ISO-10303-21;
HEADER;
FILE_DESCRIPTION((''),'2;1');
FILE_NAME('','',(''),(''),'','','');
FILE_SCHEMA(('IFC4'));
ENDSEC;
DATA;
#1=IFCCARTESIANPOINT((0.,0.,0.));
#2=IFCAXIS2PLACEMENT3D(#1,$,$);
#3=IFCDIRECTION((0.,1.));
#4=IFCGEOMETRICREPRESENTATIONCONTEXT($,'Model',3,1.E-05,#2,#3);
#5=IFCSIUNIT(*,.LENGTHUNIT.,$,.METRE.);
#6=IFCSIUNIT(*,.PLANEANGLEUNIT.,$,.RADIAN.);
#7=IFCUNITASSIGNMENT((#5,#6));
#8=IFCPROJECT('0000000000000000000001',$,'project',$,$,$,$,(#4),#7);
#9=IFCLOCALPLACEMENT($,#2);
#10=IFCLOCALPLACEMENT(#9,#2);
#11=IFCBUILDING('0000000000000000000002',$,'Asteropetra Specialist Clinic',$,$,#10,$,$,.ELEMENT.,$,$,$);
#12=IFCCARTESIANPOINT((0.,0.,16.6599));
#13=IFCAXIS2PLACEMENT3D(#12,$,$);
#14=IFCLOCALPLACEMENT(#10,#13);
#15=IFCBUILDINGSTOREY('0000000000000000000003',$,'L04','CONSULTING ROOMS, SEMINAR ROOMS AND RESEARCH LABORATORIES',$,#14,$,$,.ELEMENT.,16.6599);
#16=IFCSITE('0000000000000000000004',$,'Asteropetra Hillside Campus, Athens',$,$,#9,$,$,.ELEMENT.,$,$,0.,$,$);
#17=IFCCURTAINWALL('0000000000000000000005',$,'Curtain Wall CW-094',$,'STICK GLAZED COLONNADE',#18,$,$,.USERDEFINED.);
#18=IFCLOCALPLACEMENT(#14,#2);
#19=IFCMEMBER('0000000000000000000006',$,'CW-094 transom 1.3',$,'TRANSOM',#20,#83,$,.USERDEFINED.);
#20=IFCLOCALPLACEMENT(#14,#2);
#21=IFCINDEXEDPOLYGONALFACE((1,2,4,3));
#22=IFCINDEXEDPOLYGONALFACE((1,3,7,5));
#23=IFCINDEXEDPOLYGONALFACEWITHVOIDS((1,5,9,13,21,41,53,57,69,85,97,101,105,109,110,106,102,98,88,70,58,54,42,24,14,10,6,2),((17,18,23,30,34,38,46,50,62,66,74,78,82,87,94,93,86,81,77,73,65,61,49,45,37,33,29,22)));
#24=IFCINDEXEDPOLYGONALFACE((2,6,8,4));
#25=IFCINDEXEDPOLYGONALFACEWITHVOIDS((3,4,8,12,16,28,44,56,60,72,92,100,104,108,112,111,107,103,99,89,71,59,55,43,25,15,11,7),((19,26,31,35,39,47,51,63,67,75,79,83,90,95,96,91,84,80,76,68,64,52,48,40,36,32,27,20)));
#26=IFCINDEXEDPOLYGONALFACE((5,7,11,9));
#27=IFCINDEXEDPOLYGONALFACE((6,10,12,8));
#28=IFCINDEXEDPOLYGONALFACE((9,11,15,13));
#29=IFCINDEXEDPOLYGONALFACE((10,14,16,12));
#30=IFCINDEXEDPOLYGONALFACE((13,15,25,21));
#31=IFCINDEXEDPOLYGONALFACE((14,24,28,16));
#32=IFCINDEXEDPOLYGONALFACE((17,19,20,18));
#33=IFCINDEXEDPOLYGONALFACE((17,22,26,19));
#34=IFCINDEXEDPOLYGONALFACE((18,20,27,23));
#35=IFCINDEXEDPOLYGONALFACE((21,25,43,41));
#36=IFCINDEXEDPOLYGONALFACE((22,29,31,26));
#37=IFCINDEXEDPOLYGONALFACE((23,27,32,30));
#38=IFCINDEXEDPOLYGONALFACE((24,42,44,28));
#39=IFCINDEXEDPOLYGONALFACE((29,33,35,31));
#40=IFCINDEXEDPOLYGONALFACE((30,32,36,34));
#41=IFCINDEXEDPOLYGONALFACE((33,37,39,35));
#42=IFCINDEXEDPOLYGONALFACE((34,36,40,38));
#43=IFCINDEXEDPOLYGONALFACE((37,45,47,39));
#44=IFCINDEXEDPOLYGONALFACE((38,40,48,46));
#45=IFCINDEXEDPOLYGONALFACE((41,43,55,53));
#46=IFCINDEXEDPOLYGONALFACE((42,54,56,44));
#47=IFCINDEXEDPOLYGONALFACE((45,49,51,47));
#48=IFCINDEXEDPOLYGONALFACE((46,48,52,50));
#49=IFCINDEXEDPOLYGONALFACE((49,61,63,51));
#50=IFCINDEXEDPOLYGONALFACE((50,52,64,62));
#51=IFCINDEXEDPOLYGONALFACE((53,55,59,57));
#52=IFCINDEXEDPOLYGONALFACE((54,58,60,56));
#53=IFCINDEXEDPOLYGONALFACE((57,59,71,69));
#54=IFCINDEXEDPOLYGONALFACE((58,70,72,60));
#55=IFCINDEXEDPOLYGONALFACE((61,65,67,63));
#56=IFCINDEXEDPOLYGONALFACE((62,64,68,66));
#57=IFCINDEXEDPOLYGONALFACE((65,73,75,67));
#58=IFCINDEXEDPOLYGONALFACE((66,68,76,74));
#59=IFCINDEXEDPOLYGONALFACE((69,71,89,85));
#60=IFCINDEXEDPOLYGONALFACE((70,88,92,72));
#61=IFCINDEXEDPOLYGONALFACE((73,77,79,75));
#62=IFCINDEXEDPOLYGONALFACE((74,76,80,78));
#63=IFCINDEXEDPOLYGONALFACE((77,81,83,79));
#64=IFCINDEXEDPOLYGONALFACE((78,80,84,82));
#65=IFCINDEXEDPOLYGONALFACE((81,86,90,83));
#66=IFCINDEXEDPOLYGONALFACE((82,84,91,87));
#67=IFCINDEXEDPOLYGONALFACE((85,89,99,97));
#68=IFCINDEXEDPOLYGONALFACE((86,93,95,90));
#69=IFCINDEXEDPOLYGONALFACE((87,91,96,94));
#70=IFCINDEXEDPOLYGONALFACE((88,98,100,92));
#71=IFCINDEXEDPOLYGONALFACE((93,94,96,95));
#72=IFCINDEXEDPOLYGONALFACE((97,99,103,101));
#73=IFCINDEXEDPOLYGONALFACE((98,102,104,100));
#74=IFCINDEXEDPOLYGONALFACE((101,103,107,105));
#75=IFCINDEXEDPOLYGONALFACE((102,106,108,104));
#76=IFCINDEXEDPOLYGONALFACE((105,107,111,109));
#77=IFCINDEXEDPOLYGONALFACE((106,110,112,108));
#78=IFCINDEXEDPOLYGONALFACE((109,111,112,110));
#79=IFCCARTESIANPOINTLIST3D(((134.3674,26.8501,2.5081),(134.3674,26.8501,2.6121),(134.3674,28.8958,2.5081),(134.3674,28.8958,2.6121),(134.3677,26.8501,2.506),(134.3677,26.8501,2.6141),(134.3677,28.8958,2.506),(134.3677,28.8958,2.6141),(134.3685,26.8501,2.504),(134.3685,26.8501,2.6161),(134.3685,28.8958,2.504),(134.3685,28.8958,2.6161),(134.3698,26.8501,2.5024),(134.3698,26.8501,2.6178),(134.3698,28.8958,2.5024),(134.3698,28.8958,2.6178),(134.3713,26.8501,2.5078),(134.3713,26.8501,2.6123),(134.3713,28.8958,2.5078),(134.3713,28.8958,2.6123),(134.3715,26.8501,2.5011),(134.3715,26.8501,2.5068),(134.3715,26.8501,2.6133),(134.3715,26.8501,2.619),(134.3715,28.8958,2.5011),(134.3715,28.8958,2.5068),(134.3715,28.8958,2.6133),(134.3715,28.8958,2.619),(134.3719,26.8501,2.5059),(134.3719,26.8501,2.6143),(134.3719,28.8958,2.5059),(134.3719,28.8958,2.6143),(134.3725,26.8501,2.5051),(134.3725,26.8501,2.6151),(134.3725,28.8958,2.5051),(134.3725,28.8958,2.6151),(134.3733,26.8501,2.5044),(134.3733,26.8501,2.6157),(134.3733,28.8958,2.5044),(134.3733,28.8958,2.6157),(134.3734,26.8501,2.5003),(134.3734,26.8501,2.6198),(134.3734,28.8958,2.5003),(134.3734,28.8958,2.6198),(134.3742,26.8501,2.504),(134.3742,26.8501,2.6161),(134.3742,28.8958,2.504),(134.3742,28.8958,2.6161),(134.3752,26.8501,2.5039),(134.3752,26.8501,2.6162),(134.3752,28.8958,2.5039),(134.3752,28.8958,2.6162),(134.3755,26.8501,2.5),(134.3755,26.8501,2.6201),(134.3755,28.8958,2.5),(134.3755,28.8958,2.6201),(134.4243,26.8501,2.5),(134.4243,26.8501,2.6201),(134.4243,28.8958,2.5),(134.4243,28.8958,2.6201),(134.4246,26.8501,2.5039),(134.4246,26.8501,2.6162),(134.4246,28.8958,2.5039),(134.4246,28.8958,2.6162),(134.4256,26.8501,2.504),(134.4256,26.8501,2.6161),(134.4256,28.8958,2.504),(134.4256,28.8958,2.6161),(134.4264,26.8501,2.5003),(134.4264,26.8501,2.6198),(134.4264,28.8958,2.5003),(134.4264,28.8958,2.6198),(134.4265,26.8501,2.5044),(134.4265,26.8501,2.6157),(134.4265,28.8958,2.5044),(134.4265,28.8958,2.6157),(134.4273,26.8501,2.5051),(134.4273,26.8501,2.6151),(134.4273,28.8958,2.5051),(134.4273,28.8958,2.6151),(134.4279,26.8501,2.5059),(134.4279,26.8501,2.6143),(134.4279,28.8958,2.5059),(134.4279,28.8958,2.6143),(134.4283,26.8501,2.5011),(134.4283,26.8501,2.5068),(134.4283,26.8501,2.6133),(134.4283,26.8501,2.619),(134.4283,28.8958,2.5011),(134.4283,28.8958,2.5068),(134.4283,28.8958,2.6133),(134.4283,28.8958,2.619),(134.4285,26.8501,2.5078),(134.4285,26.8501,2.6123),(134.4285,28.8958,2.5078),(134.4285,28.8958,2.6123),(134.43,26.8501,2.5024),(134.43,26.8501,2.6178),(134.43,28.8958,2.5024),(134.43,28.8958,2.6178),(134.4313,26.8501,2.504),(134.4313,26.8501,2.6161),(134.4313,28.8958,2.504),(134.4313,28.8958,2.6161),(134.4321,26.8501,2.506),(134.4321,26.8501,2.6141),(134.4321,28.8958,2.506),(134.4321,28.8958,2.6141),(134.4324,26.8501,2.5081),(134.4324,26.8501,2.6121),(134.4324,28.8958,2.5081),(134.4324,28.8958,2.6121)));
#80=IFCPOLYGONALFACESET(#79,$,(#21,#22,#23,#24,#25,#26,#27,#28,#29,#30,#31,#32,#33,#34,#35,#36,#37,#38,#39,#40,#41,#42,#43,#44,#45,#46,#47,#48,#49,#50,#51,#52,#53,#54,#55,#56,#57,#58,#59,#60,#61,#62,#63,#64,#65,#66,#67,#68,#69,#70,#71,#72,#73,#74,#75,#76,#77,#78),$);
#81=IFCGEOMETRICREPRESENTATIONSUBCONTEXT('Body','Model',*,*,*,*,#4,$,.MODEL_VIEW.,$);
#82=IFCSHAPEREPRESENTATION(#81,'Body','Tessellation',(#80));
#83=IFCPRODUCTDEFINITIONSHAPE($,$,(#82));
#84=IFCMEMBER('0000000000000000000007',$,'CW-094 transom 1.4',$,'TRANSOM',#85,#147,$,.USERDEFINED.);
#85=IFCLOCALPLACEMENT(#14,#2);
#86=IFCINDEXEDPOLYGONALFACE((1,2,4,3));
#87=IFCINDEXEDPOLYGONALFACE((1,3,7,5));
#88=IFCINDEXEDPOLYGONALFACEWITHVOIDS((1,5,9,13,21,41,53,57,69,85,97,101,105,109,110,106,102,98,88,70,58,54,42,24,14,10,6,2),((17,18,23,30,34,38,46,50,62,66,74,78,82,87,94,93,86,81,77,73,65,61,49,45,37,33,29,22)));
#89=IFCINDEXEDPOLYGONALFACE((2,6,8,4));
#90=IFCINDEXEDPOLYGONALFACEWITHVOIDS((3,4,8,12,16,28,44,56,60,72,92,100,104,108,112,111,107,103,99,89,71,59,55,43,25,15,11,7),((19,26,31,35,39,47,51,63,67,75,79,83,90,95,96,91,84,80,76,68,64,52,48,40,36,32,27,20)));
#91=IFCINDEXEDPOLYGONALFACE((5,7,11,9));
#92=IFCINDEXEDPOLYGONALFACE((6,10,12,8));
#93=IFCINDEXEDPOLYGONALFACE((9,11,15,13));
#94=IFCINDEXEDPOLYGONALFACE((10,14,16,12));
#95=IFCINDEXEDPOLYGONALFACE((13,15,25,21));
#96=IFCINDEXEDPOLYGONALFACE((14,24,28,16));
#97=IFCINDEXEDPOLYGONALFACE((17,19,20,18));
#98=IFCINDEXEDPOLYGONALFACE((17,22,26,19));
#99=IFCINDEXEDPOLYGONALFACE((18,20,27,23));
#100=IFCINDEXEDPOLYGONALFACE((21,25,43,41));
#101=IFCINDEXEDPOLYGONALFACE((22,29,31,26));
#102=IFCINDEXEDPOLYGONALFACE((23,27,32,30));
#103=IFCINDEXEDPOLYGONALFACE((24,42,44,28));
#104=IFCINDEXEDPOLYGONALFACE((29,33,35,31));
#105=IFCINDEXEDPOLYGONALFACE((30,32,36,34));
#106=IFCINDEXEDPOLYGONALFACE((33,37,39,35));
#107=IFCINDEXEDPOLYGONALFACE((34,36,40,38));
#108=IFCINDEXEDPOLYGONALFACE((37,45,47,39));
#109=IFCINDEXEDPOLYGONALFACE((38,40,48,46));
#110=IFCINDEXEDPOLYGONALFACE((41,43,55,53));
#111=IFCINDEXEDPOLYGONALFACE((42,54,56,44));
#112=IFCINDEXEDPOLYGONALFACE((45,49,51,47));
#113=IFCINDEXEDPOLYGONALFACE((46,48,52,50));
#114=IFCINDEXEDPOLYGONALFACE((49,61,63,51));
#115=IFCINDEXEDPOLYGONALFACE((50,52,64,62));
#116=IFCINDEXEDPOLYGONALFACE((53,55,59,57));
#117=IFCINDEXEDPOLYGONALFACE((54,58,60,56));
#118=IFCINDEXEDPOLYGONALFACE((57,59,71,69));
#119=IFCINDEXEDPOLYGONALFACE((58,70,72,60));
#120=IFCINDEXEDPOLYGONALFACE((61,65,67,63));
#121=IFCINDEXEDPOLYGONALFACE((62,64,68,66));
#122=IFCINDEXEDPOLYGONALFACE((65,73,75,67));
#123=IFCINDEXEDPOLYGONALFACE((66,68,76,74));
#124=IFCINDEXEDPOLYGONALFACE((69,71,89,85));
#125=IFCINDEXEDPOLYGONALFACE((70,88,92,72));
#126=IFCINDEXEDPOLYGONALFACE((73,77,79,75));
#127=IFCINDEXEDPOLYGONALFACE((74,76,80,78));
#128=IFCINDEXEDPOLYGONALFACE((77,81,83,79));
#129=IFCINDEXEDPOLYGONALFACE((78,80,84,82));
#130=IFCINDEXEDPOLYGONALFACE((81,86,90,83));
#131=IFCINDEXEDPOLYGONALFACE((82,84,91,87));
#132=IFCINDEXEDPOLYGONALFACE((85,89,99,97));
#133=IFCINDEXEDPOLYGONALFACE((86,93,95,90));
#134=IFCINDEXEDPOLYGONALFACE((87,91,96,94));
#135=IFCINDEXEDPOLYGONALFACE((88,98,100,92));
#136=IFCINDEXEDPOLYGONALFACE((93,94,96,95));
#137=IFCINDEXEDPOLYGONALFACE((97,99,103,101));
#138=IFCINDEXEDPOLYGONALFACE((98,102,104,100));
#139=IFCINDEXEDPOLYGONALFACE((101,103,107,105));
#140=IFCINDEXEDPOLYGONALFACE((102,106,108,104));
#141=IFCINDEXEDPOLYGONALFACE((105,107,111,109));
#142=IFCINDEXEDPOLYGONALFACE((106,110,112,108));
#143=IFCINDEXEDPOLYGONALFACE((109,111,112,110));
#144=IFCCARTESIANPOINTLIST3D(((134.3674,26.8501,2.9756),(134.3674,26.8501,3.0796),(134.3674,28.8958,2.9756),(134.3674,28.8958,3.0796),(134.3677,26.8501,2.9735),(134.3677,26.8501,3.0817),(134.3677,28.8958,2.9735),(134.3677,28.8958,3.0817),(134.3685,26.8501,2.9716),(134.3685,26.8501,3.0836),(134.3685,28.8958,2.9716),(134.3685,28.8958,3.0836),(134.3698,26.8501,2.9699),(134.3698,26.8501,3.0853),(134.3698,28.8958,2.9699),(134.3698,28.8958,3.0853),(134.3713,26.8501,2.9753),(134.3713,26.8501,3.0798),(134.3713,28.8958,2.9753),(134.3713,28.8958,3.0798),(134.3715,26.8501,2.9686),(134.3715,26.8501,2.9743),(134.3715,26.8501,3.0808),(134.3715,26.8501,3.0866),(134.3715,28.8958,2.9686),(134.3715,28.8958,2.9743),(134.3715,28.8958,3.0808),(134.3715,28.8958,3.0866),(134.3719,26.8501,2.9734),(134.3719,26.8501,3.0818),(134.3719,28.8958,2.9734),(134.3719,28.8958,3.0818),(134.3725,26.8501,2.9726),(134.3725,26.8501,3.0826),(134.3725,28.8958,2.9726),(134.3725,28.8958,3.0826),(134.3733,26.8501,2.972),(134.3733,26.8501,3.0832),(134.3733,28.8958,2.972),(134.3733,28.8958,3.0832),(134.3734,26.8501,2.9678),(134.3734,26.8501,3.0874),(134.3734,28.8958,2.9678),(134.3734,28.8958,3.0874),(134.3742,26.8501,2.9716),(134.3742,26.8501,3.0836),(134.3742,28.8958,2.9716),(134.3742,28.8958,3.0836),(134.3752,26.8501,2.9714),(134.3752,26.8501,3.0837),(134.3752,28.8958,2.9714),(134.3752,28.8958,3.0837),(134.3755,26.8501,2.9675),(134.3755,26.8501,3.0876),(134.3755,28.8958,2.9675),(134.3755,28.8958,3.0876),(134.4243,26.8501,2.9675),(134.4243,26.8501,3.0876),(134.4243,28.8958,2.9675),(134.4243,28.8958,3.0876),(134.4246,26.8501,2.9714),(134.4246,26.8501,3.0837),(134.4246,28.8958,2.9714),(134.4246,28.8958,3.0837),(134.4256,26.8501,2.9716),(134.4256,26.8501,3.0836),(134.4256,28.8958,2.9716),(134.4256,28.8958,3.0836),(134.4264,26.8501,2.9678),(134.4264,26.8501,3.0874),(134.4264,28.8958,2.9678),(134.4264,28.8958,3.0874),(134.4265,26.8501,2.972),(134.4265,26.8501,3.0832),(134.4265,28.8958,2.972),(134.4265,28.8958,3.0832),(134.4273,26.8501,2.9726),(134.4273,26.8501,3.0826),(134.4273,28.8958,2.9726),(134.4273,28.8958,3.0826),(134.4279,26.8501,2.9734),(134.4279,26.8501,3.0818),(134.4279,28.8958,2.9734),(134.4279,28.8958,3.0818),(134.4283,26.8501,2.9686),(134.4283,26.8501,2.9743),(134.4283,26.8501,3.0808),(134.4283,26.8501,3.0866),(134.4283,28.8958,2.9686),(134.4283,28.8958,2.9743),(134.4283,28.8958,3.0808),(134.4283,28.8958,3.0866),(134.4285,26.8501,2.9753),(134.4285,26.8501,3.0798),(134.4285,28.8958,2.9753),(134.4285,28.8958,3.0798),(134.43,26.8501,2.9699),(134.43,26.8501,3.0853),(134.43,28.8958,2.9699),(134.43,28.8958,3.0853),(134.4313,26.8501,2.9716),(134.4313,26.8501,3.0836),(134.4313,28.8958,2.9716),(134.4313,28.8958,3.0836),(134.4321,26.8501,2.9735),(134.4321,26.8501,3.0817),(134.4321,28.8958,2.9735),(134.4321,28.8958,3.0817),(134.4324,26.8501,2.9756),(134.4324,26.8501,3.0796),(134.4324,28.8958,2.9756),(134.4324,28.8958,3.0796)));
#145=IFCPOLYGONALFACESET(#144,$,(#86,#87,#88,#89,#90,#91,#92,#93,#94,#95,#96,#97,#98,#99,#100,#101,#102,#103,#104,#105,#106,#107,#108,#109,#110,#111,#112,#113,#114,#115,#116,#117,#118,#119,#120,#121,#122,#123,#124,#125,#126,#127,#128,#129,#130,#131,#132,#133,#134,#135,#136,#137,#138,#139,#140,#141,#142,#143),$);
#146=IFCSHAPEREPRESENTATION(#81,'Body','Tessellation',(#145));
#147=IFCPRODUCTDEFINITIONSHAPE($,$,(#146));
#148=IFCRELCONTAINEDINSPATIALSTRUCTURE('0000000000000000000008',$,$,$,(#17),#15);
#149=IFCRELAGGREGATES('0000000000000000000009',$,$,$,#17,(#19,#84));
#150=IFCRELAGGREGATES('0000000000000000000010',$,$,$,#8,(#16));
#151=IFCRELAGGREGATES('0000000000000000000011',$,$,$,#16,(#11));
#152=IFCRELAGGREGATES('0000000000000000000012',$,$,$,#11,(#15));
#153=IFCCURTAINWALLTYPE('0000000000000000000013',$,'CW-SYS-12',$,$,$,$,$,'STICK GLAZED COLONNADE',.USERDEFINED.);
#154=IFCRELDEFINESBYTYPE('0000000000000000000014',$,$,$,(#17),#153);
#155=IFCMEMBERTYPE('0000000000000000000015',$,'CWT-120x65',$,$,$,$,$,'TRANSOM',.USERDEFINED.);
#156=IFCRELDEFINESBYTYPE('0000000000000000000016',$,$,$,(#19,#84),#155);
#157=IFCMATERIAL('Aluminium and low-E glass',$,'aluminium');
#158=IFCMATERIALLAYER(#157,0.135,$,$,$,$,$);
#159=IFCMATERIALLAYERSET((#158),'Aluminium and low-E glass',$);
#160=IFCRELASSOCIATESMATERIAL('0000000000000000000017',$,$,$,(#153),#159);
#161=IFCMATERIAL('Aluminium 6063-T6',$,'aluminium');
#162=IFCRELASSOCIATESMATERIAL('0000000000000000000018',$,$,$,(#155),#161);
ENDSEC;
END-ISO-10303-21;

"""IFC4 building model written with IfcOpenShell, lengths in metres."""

from ifc_helpers import new_model, si_unit, direction, frame, origin, origin_2d, place, context, subcontext, project, spatial, hollow_rectangle, extrude, material, layer, layer_set, material_profile, profile_set, type_object, element, aggregate, save


model = new_model("IFC4")

# Units and contexts
model_context = context("Model", 3, precision=1e-05, world=origin(), true_north=direction((0.0, 1.0)))
body_context = subcontext(model_context, "Body", "Model", "MODEL_VIEW")
ifc_project = project(units=[si_unit("LENGTHUNIT", "METRE"), si_unit("PLANEANGLEUNIT", "RADIAN")], contexts=[model_context])

# Site, building, storey
site_placement = place(None, origin())
site = spatial("IfcSite", under=ifc_project, at=site_placement, Name="Asteropetra Hillside Campus, Athens", CompositionType="ELEMENT", RefElevation=0.0)
building_placement = place(site_placement, origin())
building = spatial("IfcBuilding", under=site, at=building_placement, Name="Asteropetra Specialist Clinic", CompositionType="ELEMENT")
storey_placement = place(building_placement, frame((0.0, 0.0, 16.6599)))
storey = spatial("IfcBuildingStorey", under=building, at=storey_placement, Name="L04", Description="CONSULTING ROOMS, SEMINAR ROOMS AND RESEARCH LABORATORIES", CompositionType="ELEMENT", Elevation=16.6599)

# Curtain wall
ifc_material_1 = material(Name="Aluminium and low-E glass", Category="aluminium")
ifc_layer_1 = layer(ifc_material_1, 0.135)
ifc_layer_set_1 = layer_set([ifc_layer_1], Name="Aluminium and low-E glass")
curtain_wall_type_1 = type_object("IfcCurtainWallType", Name="CW-SYS-12", ElementType="STICK GLAZED COLONNADE", PredefinedType="USERDEFINED", material=ifc_layer_set_1)
curtain_wall_1_placement = place(storey_placement, origin())
curtain_wall_1 = element("IfcCurtainWall", 1, at=curtain_wall_1_placement, inside=storey, type_object=curtain_wall_type_1, Name="Curtain Wall CW-094", ObjectType="STICK GLAZED COLONNADE", PredefinedType="USERDEFINED")

# Members
ifc_material_2 = material(Name="Aluminium 6063-T6", Category="aluminium")
ifc_material_profile_1 = material_profile(ifc_material_2, hollow_rectangle(XDim=0.0649, YDim=0.1201, WallThickness=0.0039, InnerFilletRadius=0.0039, OuterFilletRadius=0.0081, at=origin_2d()), Name="TRN 120x65x4.0")
ifc_profile_set_1 = profile_set([ifc_material_profile_1], Name="Aluminium 6063-T6")
member_type_1 = type_object("IfcMemberType", Name="CWT-120x65", ElementType="TRANSOM", PredefinedType="USERDEFINED", material=ifc_profile_set_1)
member_1_placement = place(storey_placement, frame((134.3999, 26.8501, 2.5601), z_axis=(0.0, 1.0, 0.0), x_axis=(-1.0, 0.0, 0.0)))
member_1 = element("IfcMember", 2, at=member_1_placement, type_object=member_type_1, Name="CW-094 transom 1.3", ObjectType="TRANSOM", PredefinedType="USERDEFINED", context=body_context, shape_type="SweptSolid", body=[
    extrude(hollow_rectangle(XDim=0.0649, YDim=0.1201, WallThickness=0.0039, InnerFilletRadius=0.0039, OuterFilletRadius=0.0081, at=origin_2d()), origin(), (0.0, 0.0, 1.0), 2.0457),
])
member_2_placement = place(storey_placement, frame((134.3999, 26.8501, 3.0276), z_axis=(0.0, 1.0, 0.0), x_axis=(-1.0, 0.0, 0.0)))
member_2 = element("IfcMember", 3, at=member_2_placement, type_object=member_type_1, Name="CW-094 transom 1.4", ObjectType="TRANSOM", PredefinedType="USERDEFINED", context=body_context, shape_type="SweptSolid", body=[
    extrude(hollow_rectangle(XDim=0.0649, YDim=0.1201, WallThickness=0.0039, InnerFilletRadius=0.0039, OuterFilletRadius=0.0081, at=origin_2d()), origin(), (0.0, 0.0, 1.0), 2.0457),
])

aggregate(curtain_wall_1, [member_1, member_2])

save(model, "model.ifc")
